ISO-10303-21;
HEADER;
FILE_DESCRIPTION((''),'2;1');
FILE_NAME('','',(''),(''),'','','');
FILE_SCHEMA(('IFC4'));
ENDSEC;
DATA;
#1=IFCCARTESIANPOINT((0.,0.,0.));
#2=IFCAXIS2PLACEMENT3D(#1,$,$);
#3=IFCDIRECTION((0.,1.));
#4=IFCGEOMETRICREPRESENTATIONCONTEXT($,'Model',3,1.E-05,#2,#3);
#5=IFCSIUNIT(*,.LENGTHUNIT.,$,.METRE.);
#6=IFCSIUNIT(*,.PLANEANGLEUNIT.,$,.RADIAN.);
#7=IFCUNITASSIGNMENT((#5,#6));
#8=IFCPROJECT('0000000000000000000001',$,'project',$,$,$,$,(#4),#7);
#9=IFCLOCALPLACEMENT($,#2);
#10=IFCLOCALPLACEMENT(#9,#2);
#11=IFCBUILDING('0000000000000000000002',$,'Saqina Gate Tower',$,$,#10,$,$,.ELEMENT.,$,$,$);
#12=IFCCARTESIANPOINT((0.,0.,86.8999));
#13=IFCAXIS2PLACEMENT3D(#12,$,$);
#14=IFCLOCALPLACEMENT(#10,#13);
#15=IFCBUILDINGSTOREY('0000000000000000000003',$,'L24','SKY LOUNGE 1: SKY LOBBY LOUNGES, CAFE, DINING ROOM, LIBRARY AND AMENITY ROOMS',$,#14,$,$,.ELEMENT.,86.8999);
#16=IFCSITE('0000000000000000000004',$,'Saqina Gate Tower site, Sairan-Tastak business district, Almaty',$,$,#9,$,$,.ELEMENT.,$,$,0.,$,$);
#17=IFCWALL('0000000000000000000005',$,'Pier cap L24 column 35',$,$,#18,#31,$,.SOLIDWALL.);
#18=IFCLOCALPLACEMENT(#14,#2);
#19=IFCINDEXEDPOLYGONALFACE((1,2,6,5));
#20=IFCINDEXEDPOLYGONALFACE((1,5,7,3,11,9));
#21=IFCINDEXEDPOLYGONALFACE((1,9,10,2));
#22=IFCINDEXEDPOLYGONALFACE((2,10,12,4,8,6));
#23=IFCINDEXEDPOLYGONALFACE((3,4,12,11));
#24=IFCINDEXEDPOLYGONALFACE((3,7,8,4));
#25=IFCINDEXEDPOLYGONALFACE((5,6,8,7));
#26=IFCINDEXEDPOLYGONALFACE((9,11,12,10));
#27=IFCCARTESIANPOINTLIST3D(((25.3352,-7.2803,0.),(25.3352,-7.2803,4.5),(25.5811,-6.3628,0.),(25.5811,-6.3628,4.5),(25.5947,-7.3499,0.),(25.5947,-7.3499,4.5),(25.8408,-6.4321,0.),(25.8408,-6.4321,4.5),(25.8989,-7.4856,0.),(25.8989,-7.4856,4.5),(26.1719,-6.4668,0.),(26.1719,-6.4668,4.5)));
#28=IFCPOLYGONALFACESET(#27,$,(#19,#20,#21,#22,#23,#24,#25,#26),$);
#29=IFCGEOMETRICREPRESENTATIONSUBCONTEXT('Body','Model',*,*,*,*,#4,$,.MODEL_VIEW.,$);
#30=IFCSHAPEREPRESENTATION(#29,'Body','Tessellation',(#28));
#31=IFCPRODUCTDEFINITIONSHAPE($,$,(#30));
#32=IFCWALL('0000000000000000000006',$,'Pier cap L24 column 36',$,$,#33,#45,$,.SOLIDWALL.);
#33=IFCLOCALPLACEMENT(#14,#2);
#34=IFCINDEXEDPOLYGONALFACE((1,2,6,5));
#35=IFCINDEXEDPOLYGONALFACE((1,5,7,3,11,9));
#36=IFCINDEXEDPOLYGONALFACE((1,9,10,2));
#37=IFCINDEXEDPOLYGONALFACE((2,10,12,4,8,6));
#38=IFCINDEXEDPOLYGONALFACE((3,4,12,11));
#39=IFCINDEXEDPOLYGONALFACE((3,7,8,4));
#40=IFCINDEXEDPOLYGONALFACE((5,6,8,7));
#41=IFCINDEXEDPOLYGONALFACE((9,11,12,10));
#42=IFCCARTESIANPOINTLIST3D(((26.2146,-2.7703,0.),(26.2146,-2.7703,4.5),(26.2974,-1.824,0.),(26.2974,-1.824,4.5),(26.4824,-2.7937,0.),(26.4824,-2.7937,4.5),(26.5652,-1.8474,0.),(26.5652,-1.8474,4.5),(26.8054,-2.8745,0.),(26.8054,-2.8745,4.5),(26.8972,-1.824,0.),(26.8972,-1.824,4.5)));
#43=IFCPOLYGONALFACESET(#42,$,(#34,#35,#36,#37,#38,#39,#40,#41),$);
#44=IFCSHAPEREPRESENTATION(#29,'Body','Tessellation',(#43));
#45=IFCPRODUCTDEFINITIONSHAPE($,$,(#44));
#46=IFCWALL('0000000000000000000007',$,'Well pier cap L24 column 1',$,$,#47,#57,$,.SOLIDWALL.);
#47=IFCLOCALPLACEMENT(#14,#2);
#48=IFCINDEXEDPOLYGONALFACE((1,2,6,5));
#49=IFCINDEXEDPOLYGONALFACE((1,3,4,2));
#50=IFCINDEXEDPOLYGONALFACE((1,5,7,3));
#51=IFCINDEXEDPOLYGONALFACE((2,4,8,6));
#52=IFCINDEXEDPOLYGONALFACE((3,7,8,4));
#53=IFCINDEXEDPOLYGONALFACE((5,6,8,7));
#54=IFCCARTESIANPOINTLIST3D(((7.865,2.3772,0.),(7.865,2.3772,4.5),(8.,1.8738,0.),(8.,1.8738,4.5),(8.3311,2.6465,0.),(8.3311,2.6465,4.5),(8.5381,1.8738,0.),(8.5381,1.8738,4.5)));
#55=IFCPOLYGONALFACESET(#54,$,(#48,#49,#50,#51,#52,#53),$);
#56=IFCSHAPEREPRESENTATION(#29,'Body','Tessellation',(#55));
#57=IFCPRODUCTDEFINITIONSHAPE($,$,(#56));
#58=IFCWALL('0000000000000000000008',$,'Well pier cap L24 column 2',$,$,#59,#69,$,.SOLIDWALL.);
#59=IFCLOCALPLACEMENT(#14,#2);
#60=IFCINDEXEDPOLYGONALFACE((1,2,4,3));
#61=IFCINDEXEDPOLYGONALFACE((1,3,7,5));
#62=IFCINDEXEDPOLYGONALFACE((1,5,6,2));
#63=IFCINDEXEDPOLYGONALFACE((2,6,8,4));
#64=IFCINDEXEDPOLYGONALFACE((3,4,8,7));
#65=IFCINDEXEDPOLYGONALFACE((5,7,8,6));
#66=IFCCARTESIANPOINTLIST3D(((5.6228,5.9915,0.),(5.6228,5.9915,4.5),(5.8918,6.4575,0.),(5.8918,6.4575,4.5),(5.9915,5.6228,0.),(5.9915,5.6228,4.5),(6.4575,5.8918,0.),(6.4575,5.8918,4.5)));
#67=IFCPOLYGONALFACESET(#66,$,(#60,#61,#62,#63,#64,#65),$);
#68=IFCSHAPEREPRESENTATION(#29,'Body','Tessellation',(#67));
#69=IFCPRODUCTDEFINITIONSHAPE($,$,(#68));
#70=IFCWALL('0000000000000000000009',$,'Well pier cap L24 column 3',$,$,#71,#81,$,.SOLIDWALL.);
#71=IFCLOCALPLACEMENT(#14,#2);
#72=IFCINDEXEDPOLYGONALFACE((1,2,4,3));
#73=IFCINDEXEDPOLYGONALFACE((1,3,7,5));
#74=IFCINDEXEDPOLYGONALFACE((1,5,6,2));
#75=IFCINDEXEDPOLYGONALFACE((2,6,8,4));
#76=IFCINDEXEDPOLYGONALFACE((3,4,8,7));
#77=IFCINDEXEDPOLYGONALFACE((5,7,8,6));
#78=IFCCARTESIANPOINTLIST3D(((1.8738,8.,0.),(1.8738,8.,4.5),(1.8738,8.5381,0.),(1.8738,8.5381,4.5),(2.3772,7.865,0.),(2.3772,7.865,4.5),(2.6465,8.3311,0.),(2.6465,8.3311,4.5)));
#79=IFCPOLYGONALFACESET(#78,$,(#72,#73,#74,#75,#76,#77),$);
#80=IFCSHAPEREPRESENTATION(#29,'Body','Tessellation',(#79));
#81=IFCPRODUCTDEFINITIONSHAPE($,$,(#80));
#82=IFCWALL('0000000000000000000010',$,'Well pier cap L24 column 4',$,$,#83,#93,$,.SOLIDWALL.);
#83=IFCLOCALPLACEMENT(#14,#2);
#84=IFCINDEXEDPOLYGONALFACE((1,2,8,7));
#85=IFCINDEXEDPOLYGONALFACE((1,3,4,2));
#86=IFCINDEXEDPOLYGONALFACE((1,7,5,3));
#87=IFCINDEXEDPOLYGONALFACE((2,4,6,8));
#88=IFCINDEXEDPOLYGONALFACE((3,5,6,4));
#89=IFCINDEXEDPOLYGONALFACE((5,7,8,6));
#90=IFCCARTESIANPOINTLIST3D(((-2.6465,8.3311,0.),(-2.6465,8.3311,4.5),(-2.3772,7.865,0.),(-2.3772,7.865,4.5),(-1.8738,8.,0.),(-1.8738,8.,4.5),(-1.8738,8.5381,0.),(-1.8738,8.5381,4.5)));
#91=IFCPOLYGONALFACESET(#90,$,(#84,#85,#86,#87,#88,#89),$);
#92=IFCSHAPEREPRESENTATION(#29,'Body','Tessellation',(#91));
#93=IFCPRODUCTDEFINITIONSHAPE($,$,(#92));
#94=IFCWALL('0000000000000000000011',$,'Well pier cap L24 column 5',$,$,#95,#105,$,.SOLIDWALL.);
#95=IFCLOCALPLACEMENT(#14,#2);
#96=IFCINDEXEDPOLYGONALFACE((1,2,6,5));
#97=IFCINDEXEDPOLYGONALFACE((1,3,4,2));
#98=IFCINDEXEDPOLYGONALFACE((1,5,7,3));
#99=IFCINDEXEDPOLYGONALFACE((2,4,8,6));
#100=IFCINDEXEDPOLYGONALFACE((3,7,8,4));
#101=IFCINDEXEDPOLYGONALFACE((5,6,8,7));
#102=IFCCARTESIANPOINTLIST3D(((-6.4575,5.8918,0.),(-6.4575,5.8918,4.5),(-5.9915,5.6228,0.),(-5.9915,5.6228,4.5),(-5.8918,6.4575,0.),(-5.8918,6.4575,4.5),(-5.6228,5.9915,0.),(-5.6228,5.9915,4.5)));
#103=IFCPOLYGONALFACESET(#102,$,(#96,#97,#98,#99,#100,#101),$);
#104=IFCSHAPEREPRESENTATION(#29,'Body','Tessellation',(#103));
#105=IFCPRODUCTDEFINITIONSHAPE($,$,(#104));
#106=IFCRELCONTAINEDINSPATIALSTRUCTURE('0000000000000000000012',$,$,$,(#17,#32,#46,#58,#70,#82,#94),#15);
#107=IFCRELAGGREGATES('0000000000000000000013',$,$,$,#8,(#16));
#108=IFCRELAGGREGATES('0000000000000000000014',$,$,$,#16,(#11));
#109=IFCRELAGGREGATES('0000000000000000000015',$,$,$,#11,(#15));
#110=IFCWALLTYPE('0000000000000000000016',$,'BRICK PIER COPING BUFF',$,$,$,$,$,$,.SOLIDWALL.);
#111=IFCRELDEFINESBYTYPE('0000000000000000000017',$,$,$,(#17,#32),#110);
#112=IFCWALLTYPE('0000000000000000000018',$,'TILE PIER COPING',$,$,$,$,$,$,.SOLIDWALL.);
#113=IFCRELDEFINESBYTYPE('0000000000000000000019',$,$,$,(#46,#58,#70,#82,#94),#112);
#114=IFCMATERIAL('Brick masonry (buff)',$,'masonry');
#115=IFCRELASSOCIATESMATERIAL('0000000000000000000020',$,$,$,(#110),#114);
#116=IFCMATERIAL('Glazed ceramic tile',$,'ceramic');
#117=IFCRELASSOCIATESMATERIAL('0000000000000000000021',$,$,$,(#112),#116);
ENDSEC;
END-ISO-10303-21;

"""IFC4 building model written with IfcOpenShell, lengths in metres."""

from ifc_helpers import new_model, si_unit, direction, frame, origin, place, context, subcontext, project, spatial, polyline, outline, extrude, material, type_object, element, save


model = new_model("IFC4")

# Units and contexts
model_context = context("Model", 3, precision=1e-05, world=origin(), true_north=direction((0.0, 1.0)))
body_context = subcontext(model_context, "Body", "Model", "MODEL_VIEW")
ifc_project = project(units=[si_unit("LENGTHUNIT", "METRE"), si_unit("PLANEANGLEUNIT", "RADIAN")], contexts=[model_context])

# Site, building, storey
site_placement = place(None, origin())
site = spatial("IfcSite", under=ifc_project, at=site_placement, Name="Saqina Gate Tower site, Sairan-Tastak business district, Almaty", CompositionType="ELEMENT", RefElevation=0.0)
building_placement = place(site_placement, origin())
building = spatial("IfcBuilding", under=site, at=building_placement, Name="Saqina Gate Tower", CompositionType="ELEMENT")
storey_placement = place(building_placement, frame((0.0, 0.0, 86.8999)))
storey = spatial("IfcBuildingStorey", under=building, at=storey_placement, Name="L24", Description="SKY LOUNGE 1: SKY LOBBY LOUNGES, CAFE, DINING ROOM, LIBRARY AND AMENITY ROOMS", CompositionType="ELEMENT", Elevation=86.8999)

# Walls
ifc_material_1 = material(Name="Brick masonry (buff)", Category="masonry")
wall_type_1 = type_object("IfcWallType", Name="BRICK PIER COPING BUFF", PredefinedType="SOLIDWALL", material=ifc_material_1)
wall_1_placement = place(storey_placement, origin())
element("IfcWall", 1, at=wall_1_placement, inside=storey, type_object=wall_type_1, Name="Pier cap L24 column 35", PredefinedType="SOLIDWALL", context=body_context, shape_type="SweptSolid", body=[
    extrude(outline(polyline([(25.8989, -7.4856), (26.1719, -6.4668), (25.5811, -6.3628), (25.8408, -6.4321), (25.5947, -7.3499), (25.3352, -7.2803), (25.8989, -7.4856)])), origin(), (0.0, 0.0, 1.0), 4.5),
])
wall_2_placement = place(storey_placement, origin())
element("IfcWall", 2, at=wall_2_placement, inside=storey, type_object=wall_type_1, Name="Pier cap L24 column 36", PredefinedType="SOLIDWALL", context=body_context, shape_type="SweptSolid", body=[
    extrude(outline(polyline([(26.8054, -2.8745), (26.8972, -1.824), (26.2974, -1.824), (26.5652, -1.8474), (26.4824, -2.7937), (26.2146, -2.7703), (26.8054, -2.8745)])), origin(), (0.0, 0.0, 1.0), 4.5),
])
ifc_material_2 = material(Name="Glazed ceramic tile", Category="ceramic")
wall_type_2 = type_object("IfcWallType", Name="TILE PIER COPING", PredefinedType="SOLIDWALL", material=ifc_material_2)
wall_3_placement = place(storey_placement, origin())
element("IfcWall", 3, at=wall_3_placement, inside=storey, type_object=wall_type_2, Name="Well pier cap L24 column 1", PredefinedType="SOLIDWALL", context=body_context, shape_type="SweptSolid", body=[
    extrude(outline(polyline([(8.3311, 2.6465), (7.865, 2.3772), (8.0, 1.8738), (8.5381, 1.8738), (8.3311, 2.6465)])), origin(), (0.0, 0.0, 1.0), 4.5),
])
wall_4_placement = place(storey_placement, origin())
element("IfcWall", 4, at=wall_4_placement, inside=storey, type_object=wall_type_2, Name="Well pier cap L24 column 2", PredefinedType="SOLIDWALL", context=body_context, shape_type="SweptSolid", body=[
    extrude(outline(polyline([(5.8918, 6.4575), (5.6228, 5.9915), (5.9915, 5.6228), (6.4575, 5.8918), (5.8918, 6.4575)])), origin(), (0.0, 0.0, 1.0), 4.5),
])
wall_5_placement = place(storey_placement, origin())
element("IfcWall", 5, at=wall_5_placement, inside=storey, type_object=wall_type_2, Name="Well pier cap L24 column 3", PredefinedType="SOLIDWALL", context=body_context, shape_type="SweptSolid", body=[
    extrude(outline(polyline([(1.8738, 8.5381), (1.8738, 8.0), (2.3772, 7.865), (2.6465, 8.3311), (1.8738, 8.5381)])), origin(), (0.0, 0.0, 1.0), 4.5),
])
wall_6_placement = place(storey_placement, origin())
element("IfcWall", 6, at=wall_6_placement, inside=storey, type_object=wall_type_2, Name="Well pier cap L24 column 4", PredefinedType="SOLIDWALL", context=body_context, shape_type="SweptSolid", body=[
    extrude(outline(polyline([(-2.6465, 8.3311), (-2.3772, 7.865), (-1.8738, 8.0), (-1.8738, 8.5381), (-2.6465, 8.3311)])), origin(), (0.0, 0.0, 1.0), 4.5),
])
wall_7_placement = place(storey_placement, origin())
element("IfcWall", 7, at=wall_7_placement, inside=storey, type_object=wall_type_2, Name="Well pier cap L24 column 5", PredefinedType="SOLIDWALL", context=body_context, shape_type="SweptSolid", body=[
    extrude(outline(polyline([(-6.4575, 5.8918), (-5.9915, 5.6228), (-5.6228, 5.9915), (-5.8918, 6.4575), (-6.4575, 5.8918)])), origin(), (0.0, 0.0, 1.0), 4.5),
])

save(model, "model.ifc")
